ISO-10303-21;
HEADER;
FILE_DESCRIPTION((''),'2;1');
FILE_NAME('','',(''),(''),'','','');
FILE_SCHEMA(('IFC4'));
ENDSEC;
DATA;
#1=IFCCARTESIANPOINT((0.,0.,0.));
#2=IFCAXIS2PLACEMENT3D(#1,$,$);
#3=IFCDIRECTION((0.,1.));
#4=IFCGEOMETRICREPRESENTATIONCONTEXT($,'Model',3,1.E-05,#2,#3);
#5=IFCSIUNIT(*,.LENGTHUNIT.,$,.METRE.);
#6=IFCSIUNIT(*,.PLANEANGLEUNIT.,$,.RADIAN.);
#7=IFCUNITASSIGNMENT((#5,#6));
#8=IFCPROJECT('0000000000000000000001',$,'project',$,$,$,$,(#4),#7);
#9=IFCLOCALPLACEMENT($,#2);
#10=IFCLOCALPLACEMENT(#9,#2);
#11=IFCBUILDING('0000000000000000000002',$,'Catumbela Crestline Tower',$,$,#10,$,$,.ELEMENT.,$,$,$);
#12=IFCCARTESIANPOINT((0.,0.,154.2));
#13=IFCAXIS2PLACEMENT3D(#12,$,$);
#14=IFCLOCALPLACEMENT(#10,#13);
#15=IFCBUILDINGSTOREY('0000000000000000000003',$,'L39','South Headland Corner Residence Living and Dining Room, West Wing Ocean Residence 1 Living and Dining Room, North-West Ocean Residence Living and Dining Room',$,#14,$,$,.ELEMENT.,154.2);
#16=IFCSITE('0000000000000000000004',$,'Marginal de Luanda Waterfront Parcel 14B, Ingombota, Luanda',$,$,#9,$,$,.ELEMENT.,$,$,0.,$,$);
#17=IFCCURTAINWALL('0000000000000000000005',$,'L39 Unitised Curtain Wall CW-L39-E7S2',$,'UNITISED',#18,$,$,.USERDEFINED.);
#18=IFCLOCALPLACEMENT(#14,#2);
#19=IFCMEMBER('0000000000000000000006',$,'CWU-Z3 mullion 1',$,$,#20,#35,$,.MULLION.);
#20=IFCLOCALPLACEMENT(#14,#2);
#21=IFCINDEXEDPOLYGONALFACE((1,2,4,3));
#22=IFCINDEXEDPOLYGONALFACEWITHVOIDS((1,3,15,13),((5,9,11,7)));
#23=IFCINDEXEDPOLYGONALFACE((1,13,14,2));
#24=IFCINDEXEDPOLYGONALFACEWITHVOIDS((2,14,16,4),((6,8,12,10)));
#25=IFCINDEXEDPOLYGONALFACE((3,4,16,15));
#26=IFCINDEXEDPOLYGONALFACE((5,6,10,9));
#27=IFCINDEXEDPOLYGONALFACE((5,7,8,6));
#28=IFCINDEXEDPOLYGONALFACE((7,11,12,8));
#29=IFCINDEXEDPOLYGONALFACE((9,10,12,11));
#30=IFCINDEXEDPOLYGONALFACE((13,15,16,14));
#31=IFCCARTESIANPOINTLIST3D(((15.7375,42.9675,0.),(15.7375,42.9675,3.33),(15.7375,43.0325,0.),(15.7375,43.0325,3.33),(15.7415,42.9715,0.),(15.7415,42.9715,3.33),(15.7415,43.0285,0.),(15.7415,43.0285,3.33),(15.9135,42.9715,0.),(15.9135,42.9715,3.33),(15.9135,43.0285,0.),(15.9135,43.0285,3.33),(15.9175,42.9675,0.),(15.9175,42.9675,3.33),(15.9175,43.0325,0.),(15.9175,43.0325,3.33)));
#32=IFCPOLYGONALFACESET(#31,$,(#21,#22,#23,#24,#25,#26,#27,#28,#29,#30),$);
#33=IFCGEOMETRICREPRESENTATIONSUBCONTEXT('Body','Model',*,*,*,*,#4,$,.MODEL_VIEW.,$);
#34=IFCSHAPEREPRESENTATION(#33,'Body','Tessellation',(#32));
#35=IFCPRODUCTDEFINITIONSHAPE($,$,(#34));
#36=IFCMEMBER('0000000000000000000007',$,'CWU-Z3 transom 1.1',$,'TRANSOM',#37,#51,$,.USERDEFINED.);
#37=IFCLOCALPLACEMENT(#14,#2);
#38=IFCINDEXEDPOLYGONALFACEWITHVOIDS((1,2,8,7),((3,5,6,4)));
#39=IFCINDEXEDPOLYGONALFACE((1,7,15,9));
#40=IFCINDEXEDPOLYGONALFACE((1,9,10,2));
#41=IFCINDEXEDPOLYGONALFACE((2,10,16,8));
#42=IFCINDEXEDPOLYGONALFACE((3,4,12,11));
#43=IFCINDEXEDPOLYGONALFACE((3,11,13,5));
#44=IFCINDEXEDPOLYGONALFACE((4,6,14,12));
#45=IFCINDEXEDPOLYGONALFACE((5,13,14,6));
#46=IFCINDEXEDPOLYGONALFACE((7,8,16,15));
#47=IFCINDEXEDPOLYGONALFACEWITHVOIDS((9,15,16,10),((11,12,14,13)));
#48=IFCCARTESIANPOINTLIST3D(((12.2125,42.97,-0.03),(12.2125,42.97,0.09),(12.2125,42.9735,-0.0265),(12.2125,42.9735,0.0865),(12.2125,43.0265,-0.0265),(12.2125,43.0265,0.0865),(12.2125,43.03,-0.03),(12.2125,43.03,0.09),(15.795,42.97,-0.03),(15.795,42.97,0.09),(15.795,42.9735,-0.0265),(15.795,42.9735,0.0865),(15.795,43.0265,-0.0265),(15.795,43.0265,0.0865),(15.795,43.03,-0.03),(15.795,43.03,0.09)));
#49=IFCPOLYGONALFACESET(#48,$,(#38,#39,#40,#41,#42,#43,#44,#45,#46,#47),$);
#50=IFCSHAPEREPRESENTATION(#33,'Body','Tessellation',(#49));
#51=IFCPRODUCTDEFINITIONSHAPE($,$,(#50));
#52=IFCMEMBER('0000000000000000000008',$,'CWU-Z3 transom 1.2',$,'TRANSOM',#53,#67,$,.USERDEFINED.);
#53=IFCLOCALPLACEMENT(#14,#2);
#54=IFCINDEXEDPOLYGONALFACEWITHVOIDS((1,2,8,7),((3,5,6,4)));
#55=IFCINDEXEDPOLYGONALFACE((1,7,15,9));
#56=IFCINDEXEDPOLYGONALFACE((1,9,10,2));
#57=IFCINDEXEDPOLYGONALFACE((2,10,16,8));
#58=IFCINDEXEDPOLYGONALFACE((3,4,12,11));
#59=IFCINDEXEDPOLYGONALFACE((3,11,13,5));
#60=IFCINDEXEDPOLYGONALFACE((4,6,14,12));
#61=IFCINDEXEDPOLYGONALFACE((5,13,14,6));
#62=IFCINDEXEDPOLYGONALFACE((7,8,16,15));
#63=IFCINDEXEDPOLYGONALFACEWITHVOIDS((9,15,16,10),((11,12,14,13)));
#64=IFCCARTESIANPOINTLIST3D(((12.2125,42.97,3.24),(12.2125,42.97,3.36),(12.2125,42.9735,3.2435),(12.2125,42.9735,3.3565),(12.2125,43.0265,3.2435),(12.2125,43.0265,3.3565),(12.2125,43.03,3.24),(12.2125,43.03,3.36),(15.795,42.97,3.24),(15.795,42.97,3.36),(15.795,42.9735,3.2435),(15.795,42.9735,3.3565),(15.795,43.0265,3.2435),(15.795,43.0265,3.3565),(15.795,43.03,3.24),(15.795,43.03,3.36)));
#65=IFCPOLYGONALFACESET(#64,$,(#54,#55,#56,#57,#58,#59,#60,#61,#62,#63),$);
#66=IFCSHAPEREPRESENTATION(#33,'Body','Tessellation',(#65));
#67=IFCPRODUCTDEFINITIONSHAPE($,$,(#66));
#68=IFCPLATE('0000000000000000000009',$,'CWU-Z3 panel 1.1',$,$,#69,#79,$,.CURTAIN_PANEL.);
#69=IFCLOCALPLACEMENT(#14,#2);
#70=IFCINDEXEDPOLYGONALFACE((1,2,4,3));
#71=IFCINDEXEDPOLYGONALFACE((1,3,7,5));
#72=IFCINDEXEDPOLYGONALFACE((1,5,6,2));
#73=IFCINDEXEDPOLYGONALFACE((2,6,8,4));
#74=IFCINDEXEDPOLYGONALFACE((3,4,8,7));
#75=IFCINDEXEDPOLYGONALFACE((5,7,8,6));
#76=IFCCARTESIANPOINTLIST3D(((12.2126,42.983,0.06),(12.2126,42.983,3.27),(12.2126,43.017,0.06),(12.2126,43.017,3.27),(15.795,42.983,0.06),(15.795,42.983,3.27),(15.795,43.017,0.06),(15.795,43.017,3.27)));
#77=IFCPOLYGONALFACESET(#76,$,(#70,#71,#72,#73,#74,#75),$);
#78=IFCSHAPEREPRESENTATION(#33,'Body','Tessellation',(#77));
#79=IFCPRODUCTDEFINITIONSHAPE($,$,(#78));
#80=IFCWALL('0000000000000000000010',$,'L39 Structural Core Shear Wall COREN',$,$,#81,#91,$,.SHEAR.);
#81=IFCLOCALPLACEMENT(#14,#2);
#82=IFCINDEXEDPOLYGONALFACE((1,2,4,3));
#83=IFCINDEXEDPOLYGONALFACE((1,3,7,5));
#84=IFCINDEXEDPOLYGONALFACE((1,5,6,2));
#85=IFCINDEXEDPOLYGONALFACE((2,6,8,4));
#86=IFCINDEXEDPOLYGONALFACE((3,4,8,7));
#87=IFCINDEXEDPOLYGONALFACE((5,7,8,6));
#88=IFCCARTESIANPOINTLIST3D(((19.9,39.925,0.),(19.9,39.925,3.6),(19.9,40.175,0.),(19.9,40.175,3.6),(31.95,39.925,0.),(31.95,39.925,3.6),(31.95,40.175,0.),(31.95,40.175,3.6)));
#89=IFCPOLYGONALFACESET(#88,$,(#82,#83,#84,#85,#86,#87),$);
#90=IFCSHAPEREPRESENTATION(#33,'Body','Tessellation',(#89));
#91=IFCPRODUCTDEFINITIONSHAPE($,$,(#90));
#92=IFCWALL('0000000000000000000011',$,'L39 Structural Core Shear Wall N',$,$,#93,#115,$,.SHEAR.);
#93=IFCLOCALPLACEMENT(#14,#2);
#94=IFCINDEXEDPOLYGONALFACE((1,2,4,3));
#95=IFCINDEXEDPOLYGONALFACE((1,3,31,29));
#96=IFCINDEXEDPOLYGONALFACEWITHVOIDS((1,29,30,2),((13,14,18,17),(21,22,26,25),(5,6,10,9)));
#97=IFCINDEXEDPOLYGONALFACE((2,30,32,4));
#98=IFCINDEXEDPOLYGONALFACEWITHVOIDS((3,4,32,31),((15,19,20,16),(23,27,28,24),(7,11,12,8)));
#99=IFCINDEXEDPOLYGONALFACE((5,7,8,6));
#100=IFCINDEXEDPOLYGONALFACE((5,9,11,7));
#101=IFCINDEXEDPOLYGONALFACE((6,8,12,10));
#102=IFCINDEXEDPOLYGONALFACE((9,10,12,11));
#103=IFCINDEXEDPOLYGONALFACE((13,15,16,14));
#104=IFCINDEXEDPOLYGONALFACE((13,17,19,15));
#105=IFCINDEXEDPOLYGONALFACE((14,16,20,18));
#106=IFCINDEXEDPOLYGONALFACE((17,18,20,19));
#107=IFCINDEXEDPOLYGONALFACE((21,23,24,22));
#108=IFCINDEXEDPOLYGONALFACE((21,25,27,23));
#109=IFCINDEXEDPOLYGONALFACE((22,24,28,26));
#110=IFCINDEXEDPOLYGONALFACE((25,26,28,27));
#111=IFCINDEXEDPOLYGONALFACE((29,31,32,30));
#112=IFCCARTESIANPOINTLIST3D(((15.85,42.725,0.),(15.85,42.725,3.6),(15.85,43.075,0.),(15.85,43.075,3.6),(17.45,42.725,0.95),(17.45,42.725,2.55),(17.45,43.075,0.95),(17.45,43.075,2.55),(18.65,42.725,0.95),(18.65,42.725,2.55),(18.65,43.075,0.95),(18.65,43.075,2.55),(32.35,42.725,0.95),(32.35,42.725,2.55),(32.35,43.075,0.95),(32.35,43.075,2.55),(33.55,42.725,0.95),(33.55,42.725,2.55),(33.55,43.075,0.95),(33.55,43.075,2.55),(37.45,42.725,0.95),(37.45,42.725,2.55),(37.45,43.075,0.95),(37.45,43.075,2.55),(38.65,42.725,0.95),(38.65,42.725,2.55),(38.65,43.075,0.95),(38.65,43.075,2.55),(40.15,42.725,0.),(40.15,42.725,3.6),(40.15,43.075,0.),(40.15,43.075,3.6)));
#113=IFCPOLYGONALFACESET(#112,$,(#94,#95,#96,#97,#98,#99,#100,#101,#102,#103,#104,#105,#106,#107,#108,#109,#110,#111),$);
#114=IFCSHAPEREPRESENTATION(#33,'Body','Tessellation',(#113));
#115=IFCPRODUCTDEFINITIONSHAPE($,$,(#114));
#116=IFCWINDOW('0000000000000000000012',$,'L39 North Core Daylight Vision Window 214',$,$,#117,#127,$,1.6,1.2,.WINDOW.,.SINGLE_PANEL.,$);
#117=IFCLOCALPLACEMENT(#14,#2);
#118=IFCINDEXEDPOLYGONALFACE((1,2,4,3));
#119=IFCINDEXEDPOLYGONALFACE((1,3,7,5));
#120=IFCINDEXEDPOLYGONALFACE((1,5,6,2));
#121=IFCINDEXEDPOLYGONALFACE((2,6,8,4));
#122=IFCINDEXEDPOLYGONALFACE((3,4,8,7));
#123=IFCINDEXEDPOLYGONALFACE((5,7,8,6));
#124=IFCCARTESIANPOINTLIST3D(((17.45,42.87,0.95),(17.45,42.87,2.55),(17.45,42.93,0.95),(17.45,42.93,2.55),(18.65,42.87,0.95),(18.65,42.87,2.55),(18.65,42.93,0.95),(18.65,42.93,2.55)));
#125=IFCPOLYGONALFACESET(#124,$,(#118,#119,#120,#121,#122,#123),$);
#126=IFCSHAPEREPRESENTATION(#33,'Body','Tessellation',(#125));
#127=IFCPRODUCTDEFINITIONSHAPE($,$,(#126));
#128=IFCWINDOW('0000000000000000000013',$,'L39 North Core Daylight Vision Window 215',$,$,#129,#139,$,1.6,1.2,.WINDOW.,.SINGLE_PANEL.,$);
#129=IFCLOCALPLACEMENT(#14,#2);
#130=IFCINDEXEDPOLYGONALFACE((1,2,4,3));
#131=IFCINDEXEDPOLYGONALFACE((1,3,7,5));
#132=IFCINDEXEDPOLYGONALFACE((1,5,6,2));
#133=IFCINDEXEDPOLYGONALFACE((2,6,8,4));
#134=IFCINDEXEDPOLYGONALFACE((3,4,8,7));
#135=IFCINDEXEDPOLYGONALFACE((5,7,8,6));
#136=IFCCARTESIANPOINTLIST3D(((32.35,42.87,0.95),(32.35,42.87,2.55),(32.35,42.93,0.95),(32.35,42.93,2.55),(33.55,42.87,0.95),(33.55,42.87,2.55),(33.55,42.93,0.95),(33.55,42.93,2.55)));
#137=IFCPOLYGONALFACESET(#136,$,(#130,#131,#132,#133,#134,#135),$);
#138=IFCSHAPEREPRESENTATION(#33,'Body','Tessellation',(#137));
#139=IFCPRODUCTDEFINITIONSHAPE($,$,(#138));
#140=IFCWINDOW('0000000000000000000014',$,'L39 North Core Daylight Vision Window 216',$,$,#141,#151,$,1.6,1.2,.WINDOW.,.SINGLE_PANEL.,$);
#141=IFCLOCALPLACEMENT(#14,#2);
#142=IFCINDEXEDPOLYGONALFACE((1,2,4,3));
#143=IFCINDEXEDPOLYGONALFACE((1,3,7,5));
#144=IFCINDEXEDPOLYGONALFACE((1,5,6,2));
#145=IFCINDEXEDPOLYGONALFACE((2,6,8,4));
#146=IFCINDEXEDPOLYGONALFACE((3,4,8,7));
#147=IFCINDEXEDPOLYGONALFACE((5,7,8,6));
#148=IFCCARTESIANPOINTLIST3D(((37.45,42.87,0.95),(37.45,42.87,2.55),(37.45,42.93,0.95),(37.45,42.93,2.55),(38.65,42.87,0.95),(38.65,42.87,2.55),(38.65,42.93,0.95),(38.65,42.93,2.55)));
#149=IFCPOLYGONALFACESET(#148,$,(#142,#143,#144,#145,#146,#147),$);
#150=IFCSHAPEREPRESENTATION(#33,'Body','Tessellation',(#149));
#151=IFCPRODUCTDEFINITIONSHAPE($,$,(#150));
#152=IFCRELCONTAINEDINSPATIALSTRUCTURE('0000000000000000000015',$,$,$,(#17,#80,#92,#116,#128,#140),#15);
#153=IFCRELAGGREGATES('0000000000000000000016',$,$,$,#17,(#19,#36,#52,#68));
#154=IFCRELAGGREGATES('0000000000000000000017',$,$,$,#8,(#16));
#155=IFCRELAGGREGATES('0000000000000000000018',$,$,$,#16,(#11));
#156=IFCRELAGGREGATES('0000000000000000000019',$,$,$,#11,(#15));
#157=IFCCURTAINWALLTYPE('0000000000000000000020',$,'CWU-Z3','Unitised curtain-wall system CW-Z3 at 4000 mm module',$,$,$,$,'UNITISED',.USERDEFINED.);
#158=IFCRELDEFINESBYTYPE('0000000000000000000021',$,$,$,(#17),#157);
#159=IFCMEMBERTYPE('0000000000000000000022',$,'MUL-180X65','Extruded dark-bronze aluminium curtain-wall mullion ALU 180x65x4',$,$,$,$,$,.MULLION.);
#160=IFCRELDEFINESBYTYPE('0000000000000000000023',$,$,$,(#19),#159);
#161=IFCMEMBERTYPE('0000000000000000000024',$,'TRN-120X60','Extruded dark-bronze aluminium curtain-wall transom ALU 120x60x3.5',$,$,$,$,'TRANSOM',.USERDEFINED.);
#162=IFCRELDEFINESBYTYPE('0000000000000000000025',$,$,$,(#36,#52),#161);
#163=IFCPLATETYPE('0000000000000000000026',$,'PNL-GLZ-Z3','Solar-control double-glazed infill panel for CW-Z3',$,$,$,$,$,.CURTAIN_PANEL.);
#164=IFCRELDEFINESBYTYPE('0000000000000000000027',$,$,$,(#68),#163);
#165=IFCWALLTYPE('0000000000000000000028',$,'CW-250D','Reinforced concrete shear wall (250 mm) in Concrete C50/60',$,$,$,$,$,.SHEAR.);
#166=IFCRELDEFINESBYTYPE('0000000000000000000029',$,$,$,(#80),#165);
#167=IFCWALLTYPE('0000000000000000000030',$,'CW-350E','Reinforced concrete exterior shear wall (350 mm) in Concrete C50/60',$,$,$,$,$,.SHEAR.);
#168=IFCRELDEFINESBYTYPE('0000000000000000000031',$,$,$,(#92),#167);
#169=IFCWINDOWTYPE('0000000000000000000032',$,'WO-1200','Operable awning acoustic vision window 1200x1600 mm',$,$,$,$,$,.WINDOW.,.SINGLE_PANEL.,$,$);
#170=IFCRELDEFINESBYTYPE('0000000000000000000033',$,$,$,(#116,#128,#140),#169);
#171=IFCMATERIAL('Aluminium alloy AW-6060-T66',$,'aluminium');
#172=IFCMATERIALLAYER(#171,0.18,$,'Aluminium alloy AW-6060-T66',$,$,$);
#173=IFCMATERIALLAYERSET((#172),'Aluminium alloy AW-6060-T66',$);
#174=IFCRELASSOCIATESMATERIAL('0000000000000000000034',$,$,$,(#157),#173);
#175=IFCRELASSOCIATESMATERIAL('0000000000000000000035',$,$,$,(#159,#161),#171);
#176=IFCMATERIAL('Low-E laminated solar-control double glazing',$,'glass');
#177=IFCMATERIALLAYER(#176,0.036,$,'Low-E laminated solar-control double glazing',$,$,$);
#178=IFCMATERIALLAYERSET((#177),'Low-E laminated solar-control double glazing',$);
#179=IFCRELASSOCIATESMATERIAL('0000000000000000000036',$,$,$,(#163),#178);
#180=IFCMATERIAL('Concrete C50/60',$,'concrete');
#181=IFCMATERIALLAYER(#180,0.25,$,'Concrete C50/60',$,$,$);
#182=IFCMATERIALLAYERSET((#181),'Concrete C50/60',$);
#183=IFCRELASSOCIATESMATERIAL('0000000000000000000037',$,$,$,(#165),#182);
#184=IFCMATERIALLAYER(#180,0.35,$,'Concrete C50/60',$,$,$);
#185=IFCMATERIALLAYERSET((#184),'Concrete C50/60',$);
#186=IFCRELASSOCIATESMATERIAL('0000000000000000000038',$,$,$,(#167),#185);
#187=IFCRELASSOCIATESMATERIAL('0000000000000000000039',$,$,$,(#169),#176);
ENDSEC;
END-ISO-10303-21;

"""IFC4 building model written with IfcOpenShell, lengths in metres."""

from ifc_helpers import new_model, si_unit, direction, frame, frame_2d, origin, origin_2d, place, context, subcontext, project, spatial, rectangle, hollow_rectangle, extrude, material, layer, layer_set, material_profile, profile_set, type_object, element, fill, aggregate, save


model = new_model("IFC4")

# Units and contexts
model_context = context("Model", 3, precision=1e-05, world=origin(), true_north=direction((0.0, 1.0)))
body_context = subcontext(model_context, "Body", "Model", "MODEL_VIEW")
ifc_project = project(units=[si_unit("LENGTHUNIT", "METRE"), si_unit("PLANEANGLEUNIT", "RADIAN")], contexts=[model_context])

# Site, building, storey
site_placement = place(None, origin())
site = spatial("IfcSite", under=ifc_project, at=site_placement, Name="Marginal de Luanda Waterfront Parcel 14B, Ingombota, Luanda", CompositionType="ELEMENT", RefElevation=0.0)
building_placement = place(site_placement, origin())
building = spatial("IfcBuilding", under=site, at=building_placement, Name="Catumbela Crestline Tower", CompositionType="ELEMENT")
storey_placement = place(building_placement, frame((0.0, 0.0, 154.2)))
storey = spatial("IfcBuildingStorey", under=building, at=storey_placement, Name="L39", Description="South Headland Corner Residence Living and Dining Room, West Wing Ocean Residence 1 Living and Dining Room, North-West Ocean Residence Living and Dining Room", CompositionType="ELEMENT", Elevation=154.2)

# Curtain wall, members, plate
ifc_material_1 = material(Name="Aluminium alloy AW-6060-T66", Category="aluminium")
ifc_layer_1 = layer(ifc_material_1, 0.18, Name="Aluminium alloy AW-6060-T66")
ifc_layer_set_1 = layer_set([ifc_layer_1], Name="Aluminium alloy AW-6060-T66")
curtain_wall_type = type_object("IfcCurtainWallType", Name="CWU-Z3", Description="Unitised curtain-wall system CW-Z3 at 4000 mm module", ElementType="UNITISED", PredefinedType="USERDEFINED", material=ifc_layer_set_1)
curtain_wall_placement = place(storey_placement, origin())
curtain_wall = element("IfcCurtainWall", 1, at=curtain_wall_placement, inside=storey, type_object=curtain_wall_type, Name="L39 Unitised Curtain Wall CW-L39-E7S2", ObjectType="UNITISED", PredefinedType="USERDEFINED")
ifc_material_profile_1 = material_profile(ifc_material_1, hollow_rectangle(XDim=0.065, YDim=0.18, WallThickness=0.004, at=origin_2d()), Name="ALU 180x65x4")
ifc_profile_set_1 = profile_set([ifc_material_profile_1], Name="Aluminium alloy AW-6060-T66")
member_type_1 = type_object("IfcMemberType", Name="MUL-180X65", Description="Extruded dark-bronze aluminium curtain-wall mullion ALU 180x65x4", PredefinedType="MULLION", material=ifc_profile_set_1)
member_1_placement = place(storey_placement, frame((15.8275, 43.0, 0.0), z_axis=(0.0, 0.0, 1.0), x_axis=(0.0, -1.0, 0.0)))
member_1 = element("IfcMember", 2, at=member_1_placement, type_object=member_type_1, Name="CWU-Z3 mullion 1", PredefinedType="MULLION", context=body_context, shape_type="SweptSolid", body=[
    extrude(hollow_rectangle(XDim=0.065, YDim=0.18, WallThickness=0.004, at=origin_2d()), origin(), (0.0, 0.0, 1.0), 3.33),
])
ifc_material_profile_2 = material_profile(ifc_material_1, hollow_rectangle(XDim=0.06, YDim=0.12, WallThickness=0.0035, at=origin_2d()), Name="ALU 120x60x3.5")
ifc_profile_set_2 = profile_set([ifc_material_profile_2], Name="Aluminium alloy AW-6060-T66")
member_type_2 = type_object("IfcMemberType", Name="TRN-120X60", Description="Extruded dark-bronze aluminium curtain-wall transom ALU 120x60x3.5", ElementType="TRANSOM", PredefinedType="USERDEFINED", material=ifc_profile_set_2)
member_2_placement = place(storey_placement, frame((15.795, 43.0, 0.03), z_axis=(-1.0, 0.0, 0.0), x_axis=(0.0, -1.0, 0.0)))
member_2 = element("IfcMember", 3, at=member_2_placement, type_object=member_type_2, Name="CWU-Z3 transom 1.1", ObjectType="TRANSOM", PredefinedType="USERDEFINED", context=body_context, shape_type="SweptSolid", body=[
    extrude(hollow_rectangle(XDim=0.06, YDim=0.12, WallThickness=0.0035, at=origin_2d()), origin(), (0.0, 0.0, 1.0), 3.5825),
])
member_3_placement = place(storey_placement, frame((15.795, 43.0, 3.3), z_axis=(-1.0, 0.0, 0.0), x_axis=(0.0, -1.0, 0.0)))
member_3 = element("IfcMember", 4, at=member_3_placement, type_object=member_type_2, Name="CWU-Z3 transom 1.2", ObjectType="TRANSOM", PredefinedType="USERDEFINED", context=body_context, shape_type="SweptSolid", body=[
    extrude(hollow_rectangle(XDim=0.06, YDim=0.12, WallThickness=0.0035, at=origin_2d()), origin(), (0.0, 0.0, 1.0), 3.5825),
])
ifc_material_2 = material(Name="Low-E laminated solar-control double glazing", Category="glass")
ifc_layer_2 = layer(ifc_material_2, 0.036, Name="Low-E laminated solar-control double glazing")
ifc_layer_set_2 = layer_set([ifc_layer_2], Name="Low-E laminated solar-control double glazing")
plate_type = type_object("IfcPlateType", Name="PNL-GLZ-Z3", Description="Solar-control double-glazed infill panel for CW-Z3", PredefinedType="CURTAIN_PANEL", material=ifc_layer_set_2)
plate_placement = place(storey_placement, frame((14.0038, 43.0, 0.06), z_axis=(0.0, 0.0, 1.0), x_axis=(-1.0, 0.0, 0.0)))
plate = element("IfcPlate", 5, at=plate_placement, type_object=plate_type, Name="CWU-Z3 panel 1.1", PredefinedType="CURTAIN_PANEL", context=body_context, shape_type="SweptSolid", body=[
    extrude(rectangle(XDim=3.5825, YDim=0.034, at=origin_2d()), origin(), (0.0, 0.0, 1.0), 3.21),
])
aggregate(curtain_wall, [member_1, member_2, member_3, plate])

# Wall
ifc_material_3 = material(Name="Concrete C50/60", Category="concrete")
ifc_layer_3 = layer(ifc_material_3, 0.25, Name="Concrete C50/60")
ifc_layer_set_3 = layer_set([ifc_layer_3], Name="Concrete C50/60")
wall_type_1 = type_object("IfcWallType", Name="CW-250D", Description="Reinforced concrete shear wall (250 mm) in Concrete C50/60", PredefinedType="SHEAR", material=ifc_layer_set_3)
wall_1_placement = place(storey_placement, frame((19.9, 40.05, 0.0), z_axis=(0.0, 0.0, 1.0), x_axis=(1.0, 0.0, 0.0)))
element("IfcWall", 6, at=wall_1_placement, inside=storey, type_object=wall_type_1, Name="L39 Structural Core Shear Wall COREN", PredefinedType="SHEAR", context=body_context, shape_type="SweptSolid", body=[
    extrude(rectangle(XDim=12.05, YDim=0.25, at=frame_2d((6.025, 0.0))), origin(), (0.0, 0.0, 1.0), 3.6),
])

# Wall, openings, windows
ifc_layer_4 = layer(ifc_material_3, 0.35, Name="Concrete C50/60")
ifc_layer_set_4 = layer_set([ifc_layer_4], Name="Concrete C50/60")
wall_type_2 = type_object("IfcWallType", Name="CW-350E", Description="Reinforced concrete exterior shear wall (350 mm) in Concrete C50/60", PredefinedType="SHEAR", material=ifc_layer_set_4)
wall_2_placement = place(storey_placement, frame((15.85, 42.9, 0.0), z_axis=(0.0, 0.0, 1.0), x_axis=(1.0, 0.0, 0.0)))
wall_2 = element("IfcWall", 7, at=wall_2_placement, inside=storey, type_object=wall_type_2, Name="L39 Structural Core Shear Wall N", PredefinedType="SHEAR", context=body_context, shape_type="SweptSolid", body=[
    extrude(rectangle(XDim=24.3, YDim=0.35, at=frame_2d((12.15, 0.0))), origin(), (0.0, 0.0, 1.0), 3.6),
])
opening_1_placement = place(wall_2_placement, frame((1.6, 0.0, 0.95)))
opening_1 = element("IfcOpeningElement", 8, at=opening_1_placement, cuts=wall_2, PredefinedType="OPENING", context=body_context, shape_type="SweptSolid", body=[
    extrude(rectangle(XDim=1.2, YDim=1.6, at=frame_2d((0.6, 0.8))), frame((0.0, 0.185, 0.0), z_axis=(0.0, -1.0, 0.0), x_axis=(1.0, 0.0, 0.0)), (0.0, 0.0, 1.0), 0.37),
])
opening_2_placement = place(wall_2_placement, frame((16.5, 0.0, 0.95)))
opening_2 = element("IfcOpeningElement", 9, at=opening_2_placement, cuts=wall_2, PredefinedType="OPENING", context=body_context, shape_type="SweptSolid", body=[
    extrude(rectangle(XDim=1.2, YDim=1.6, at=frame_2d((0.6, 0.8))), frame((0.0, 0.185, 0.0), z_axis=(0.0, -1.0, 0.0), x_axis=(1.0, 0.0, 0.0)), (0.0, 0.0, 1.0), 0.37),
])
opening_3_placement = place(wall_2_placement, frame((21.6, 0.0, 0.95)))
opening_3 = element("IfcOpeningElement", 10, at=opening_3_placement, cuts=wall_2, PredefinedType="OPENING", context=body_context, shape_type="SweptSolid", body=[
    extrude(rectangle(XDim=1.2, YDim=1.6, at=frame_2d((0.6, 0.8))), frame((0.0, 0.185, 0.0), z_axis=(0.0, -1.0, 0.0), x_axis=(1.0, 0.0, 0.0)), (0.0, 0.0, 1.0), 0.37),
])
window_type = type_object("IfcWindowType", Name="WO-1200", Description="Operable awning acoustic vision window 1200x1600 mm", PartitioningType="SINGLE_PANEL", PredefinedType="WINDOW", material=ifc_material_2)
window_1_placement = place(opening_1_placement, origin())
window_1 = element("IfcWindow", 11, at=window_1_placement, inside=storey, type_object=window_type, Name="L39 North Core Daylight Vision Window 214", OverallHeight=1.6, OverallWidth=1.2, PartitioningType="SINGLE_PANEL", PredefinedType="WINDOW", context=body_context, shape_type="SweptSolid", body=[
    extrude(rectangle(XDim=1.2, YDim=1.6, at=frame_2d((0.6, 0.8))), frame((0.0, 0.03, 0.0), z_axis=(0.0, -1.0, 0.0), x_axis=(1.0, 0.0, 0.0)), (0.0, 0.0, 1.0), 0.06),
])
fill(opening_1, window_1)
window_2_placement = place(opening_2_placement, origin())
window_2 = element("IfcWindow", 12, at=window_2_placement, inside=storey, type_object=window_type, Name="L39 North Core Daylight Vision Window 215", OverallHeight=1.6, OverallWidth=1.2, PartitioningType="SINGLE_PANEL", PredefinedType="WINDOW", context=body_context, shape_type="SweptSolid", body=[
    extrude(rectangle(XDim=1.2, YDim=1.6, at=frame_2d((0.6, 0.8))), frame((0.0, 0.03, 0.0), z_axis=(0.0, -1.0, 0.0), x_axis=(1.0, 0.0, 0.0)), (0.0, 0.0, 1.0), 0.06),
])
fill(opening_2, window_2)
window_3_placement = place(opening_3_placement, origin())
window_3 = element("IfcWindow", 13, at=window_3_placement, inside=storey, type_object=window_type, Name="L39 North Core Daylight Vision Window 216", OverallHeight=1.6, OverallWidth=1.2, PartitioningType="SINGLE_PANEL", PredefinedType="WINDOW", context=body_context, shape_type="SweptSolid", body=[
    extrude(rectangle(XDim=1.2, YDim=1.6, at=frame_2d((0.6, 0.8))), frame((0.0, 0.03, 0.0), z_axis=(0.0, -1.0, 0.0), x_axis=(1.0, 0.0, 0.0)), (0.0, 0.0, 1.0), 0.06),
])
fill(opening_3, window_3)

save(model, "model.ifc")
